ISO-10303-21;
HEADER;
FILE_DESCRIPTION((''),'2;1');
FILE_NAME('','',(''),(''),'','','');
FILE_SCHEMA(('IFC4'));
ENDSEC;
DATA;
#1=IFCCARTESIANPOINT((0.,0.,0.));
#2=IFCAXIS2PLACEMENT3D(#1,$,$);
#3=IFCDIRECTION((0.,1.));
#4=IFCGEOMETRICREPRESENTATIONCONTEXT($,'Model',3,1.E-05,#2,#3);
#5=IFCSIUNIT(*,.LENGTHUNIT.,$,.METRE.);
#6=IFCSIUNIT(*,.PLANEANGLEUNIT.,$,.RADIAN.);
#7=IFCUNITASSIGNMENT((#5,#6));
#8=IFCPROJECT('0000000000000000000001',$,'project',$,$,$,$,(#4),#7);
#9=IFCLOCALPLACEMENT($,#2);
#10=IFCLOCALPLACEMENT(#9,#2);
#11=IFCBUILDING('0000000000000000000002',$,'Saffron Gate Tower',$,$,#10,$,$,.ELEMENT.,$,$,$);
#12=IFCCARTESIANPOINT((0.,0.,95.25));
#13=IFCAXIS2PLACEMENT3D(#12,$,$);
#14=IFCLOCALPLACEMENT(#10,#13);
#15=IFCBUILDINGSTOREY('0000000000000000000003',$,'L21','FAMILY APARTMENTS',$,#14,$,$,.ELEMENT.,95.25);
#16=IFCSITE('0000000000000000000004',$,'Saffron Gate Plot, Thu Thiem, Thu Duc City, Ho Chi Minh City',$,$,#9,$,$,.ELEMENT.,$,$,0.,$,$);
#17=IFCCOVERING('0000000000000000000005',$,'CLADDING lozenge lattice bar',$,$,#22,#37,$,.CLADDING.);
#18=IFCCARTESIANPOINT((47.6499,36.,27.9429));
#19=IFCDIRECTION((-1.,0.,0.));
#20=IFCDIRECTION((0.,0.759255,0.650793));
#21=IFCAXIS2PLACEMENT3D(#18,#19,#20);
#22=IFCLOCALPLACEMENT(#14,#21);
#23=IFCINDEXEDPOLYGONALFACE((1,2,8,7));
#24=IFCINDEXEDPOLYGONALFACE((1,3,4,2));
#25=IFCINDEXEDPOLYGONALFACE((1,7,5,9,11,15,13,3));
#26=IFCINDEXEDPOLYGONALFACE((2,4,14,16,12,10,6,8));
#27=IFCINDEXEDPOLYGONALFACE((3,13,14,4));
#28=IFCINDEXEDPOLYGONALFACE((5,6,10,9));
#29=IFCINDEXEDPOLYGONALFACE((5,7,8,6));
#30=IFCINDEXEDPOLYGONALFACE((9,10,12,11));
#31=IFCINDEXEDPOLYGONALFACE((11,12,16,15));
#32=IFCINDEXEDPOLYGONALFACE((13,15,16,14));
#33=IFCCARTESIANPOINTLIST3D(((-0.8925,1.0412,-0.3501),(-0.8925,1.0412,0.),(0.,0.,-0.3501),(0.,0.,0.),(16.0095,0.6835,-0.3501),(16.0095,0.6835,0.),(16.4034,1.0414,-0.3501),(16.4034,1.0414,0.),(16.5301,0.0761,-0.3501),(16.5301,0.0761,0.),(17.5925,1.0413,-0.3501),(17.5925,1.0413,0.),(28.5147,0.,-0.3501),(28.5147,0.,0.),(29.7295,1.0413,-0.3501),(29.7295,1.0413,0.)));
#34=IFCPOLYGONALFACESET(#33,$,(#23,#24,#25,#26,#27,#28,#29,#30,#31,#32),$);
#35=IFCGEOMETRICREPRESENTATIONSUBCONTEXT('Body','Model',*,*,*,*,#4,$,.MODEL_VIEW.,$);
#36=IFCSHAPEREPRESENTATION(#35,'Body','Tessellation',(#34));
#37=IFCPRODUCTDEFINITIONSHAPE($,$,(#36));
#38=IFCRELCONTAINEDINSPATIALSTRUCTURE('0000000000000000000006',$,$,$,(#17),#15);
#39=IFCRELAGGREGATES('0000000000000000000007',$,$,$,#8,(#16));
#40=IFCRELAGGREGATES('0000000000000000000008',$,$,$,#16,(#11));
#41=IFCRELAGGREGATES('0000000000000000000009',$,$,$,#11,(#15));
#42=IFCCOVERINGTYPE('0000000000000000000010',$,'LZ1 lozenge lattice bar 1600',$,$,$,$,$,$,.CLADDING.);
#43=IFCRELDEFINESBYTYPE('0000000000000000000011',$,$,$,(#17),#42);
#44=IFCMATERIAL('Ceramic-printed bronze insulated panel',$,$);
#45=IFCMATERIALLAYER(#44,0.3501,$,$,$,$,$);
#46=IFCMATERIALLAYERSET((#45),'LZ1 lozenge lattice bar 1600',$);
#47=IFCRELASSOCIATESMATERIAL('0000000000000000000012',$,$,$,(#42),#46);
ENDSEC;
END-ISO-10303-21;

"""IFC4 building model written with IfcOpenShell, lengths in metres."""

from ifc_helpers import new_model, si_unit, direction, frame, origin, place, context, subcontext, project, spatial, polyline, outline, extrude, material, layer, layer_set, type_object, element, save


model = new_model("IFC4")

# Units and contexts
model_context = context("Model", 3, precision=1e-05, world=origin(), true_north=direction((0.0, 1.0)))
body_context = subcontext(model_context, "Body", "Model", "MODEL_VIEW")
ifc_project = project(units=[si_unit("LENGTHUNIT", "METRE"), si_unit("PLANEANGLEUNIT", "RADIAN")], contexts=[model_context])

# Site, building, storey
site_placement = place(None, origin())
site = spatial("IfcSite", under=ifc_project, at=site_placement, Name="Saffron Gate Plot, Thu Thiem, Thu Duc City, Ho Chi Minh City", CompositionType="ELEMENT", RefElevation=0.0)
building_placement = place(site_placement, origin())
building = spatial("IfcBuilding", under=site, at=building_placement, Name="Saffron Gate Tower", CompositionType="ELEMENT")
storey_placement = place(building_placement, frame((0.0, 0.0, 95.25)))
storey = spatial("IfcBuildingStorey", under=building, at=storey_placement, Name="L21", Description="FAMILY APARTMENTS", CompositionType="ELEMENT", Elevation=95.25)

# Covering
ifc_material_1 = material(Name="Ceramic-printed bronze insulated panel")
ifc_layer_1 = layer(ifc_material_1, 0.3501)
ifc_layer_set_1 = layer_set([ifc_layer_1], Name="LZ1 lozenge lattice bar 1600")
covering_type = type_object("IfcCoveringType", Name="LZ1 lozenge lattice bar 1600", PredefinedType="CLADDING", material=ifc_layer_set_1)
covering_1_placement = place(storey_placement, frame((47.6499, 36.0, 27.9429), z_axis=(-1.0, 0.0, 0.0), x_axis=(0.0, 0.759255, 0.650793)))
element("IfcCovering", 1, at=covering_1_placement, inside=storey, type_object=covering_type, Name="CLADDING lozenge lattice bar", PredefinedType="CLADDING", context=body_context, shape_type="SweptSolid", body=[
    extrude(outline(polyline([(0.0, 0.0), (28.5147, 0.0), (29.7295, 1.0413), (17.5925, 1.0413), (16.5301, 0.0761), (16.0095, 0.6835), (16.4034, 1.0414), (-0.8925, 1.0412), (0.0, 0.0)])), origin(), (0.0, 0.0, -1.0), 0.3501),
])

save(model, "model.ifc")
